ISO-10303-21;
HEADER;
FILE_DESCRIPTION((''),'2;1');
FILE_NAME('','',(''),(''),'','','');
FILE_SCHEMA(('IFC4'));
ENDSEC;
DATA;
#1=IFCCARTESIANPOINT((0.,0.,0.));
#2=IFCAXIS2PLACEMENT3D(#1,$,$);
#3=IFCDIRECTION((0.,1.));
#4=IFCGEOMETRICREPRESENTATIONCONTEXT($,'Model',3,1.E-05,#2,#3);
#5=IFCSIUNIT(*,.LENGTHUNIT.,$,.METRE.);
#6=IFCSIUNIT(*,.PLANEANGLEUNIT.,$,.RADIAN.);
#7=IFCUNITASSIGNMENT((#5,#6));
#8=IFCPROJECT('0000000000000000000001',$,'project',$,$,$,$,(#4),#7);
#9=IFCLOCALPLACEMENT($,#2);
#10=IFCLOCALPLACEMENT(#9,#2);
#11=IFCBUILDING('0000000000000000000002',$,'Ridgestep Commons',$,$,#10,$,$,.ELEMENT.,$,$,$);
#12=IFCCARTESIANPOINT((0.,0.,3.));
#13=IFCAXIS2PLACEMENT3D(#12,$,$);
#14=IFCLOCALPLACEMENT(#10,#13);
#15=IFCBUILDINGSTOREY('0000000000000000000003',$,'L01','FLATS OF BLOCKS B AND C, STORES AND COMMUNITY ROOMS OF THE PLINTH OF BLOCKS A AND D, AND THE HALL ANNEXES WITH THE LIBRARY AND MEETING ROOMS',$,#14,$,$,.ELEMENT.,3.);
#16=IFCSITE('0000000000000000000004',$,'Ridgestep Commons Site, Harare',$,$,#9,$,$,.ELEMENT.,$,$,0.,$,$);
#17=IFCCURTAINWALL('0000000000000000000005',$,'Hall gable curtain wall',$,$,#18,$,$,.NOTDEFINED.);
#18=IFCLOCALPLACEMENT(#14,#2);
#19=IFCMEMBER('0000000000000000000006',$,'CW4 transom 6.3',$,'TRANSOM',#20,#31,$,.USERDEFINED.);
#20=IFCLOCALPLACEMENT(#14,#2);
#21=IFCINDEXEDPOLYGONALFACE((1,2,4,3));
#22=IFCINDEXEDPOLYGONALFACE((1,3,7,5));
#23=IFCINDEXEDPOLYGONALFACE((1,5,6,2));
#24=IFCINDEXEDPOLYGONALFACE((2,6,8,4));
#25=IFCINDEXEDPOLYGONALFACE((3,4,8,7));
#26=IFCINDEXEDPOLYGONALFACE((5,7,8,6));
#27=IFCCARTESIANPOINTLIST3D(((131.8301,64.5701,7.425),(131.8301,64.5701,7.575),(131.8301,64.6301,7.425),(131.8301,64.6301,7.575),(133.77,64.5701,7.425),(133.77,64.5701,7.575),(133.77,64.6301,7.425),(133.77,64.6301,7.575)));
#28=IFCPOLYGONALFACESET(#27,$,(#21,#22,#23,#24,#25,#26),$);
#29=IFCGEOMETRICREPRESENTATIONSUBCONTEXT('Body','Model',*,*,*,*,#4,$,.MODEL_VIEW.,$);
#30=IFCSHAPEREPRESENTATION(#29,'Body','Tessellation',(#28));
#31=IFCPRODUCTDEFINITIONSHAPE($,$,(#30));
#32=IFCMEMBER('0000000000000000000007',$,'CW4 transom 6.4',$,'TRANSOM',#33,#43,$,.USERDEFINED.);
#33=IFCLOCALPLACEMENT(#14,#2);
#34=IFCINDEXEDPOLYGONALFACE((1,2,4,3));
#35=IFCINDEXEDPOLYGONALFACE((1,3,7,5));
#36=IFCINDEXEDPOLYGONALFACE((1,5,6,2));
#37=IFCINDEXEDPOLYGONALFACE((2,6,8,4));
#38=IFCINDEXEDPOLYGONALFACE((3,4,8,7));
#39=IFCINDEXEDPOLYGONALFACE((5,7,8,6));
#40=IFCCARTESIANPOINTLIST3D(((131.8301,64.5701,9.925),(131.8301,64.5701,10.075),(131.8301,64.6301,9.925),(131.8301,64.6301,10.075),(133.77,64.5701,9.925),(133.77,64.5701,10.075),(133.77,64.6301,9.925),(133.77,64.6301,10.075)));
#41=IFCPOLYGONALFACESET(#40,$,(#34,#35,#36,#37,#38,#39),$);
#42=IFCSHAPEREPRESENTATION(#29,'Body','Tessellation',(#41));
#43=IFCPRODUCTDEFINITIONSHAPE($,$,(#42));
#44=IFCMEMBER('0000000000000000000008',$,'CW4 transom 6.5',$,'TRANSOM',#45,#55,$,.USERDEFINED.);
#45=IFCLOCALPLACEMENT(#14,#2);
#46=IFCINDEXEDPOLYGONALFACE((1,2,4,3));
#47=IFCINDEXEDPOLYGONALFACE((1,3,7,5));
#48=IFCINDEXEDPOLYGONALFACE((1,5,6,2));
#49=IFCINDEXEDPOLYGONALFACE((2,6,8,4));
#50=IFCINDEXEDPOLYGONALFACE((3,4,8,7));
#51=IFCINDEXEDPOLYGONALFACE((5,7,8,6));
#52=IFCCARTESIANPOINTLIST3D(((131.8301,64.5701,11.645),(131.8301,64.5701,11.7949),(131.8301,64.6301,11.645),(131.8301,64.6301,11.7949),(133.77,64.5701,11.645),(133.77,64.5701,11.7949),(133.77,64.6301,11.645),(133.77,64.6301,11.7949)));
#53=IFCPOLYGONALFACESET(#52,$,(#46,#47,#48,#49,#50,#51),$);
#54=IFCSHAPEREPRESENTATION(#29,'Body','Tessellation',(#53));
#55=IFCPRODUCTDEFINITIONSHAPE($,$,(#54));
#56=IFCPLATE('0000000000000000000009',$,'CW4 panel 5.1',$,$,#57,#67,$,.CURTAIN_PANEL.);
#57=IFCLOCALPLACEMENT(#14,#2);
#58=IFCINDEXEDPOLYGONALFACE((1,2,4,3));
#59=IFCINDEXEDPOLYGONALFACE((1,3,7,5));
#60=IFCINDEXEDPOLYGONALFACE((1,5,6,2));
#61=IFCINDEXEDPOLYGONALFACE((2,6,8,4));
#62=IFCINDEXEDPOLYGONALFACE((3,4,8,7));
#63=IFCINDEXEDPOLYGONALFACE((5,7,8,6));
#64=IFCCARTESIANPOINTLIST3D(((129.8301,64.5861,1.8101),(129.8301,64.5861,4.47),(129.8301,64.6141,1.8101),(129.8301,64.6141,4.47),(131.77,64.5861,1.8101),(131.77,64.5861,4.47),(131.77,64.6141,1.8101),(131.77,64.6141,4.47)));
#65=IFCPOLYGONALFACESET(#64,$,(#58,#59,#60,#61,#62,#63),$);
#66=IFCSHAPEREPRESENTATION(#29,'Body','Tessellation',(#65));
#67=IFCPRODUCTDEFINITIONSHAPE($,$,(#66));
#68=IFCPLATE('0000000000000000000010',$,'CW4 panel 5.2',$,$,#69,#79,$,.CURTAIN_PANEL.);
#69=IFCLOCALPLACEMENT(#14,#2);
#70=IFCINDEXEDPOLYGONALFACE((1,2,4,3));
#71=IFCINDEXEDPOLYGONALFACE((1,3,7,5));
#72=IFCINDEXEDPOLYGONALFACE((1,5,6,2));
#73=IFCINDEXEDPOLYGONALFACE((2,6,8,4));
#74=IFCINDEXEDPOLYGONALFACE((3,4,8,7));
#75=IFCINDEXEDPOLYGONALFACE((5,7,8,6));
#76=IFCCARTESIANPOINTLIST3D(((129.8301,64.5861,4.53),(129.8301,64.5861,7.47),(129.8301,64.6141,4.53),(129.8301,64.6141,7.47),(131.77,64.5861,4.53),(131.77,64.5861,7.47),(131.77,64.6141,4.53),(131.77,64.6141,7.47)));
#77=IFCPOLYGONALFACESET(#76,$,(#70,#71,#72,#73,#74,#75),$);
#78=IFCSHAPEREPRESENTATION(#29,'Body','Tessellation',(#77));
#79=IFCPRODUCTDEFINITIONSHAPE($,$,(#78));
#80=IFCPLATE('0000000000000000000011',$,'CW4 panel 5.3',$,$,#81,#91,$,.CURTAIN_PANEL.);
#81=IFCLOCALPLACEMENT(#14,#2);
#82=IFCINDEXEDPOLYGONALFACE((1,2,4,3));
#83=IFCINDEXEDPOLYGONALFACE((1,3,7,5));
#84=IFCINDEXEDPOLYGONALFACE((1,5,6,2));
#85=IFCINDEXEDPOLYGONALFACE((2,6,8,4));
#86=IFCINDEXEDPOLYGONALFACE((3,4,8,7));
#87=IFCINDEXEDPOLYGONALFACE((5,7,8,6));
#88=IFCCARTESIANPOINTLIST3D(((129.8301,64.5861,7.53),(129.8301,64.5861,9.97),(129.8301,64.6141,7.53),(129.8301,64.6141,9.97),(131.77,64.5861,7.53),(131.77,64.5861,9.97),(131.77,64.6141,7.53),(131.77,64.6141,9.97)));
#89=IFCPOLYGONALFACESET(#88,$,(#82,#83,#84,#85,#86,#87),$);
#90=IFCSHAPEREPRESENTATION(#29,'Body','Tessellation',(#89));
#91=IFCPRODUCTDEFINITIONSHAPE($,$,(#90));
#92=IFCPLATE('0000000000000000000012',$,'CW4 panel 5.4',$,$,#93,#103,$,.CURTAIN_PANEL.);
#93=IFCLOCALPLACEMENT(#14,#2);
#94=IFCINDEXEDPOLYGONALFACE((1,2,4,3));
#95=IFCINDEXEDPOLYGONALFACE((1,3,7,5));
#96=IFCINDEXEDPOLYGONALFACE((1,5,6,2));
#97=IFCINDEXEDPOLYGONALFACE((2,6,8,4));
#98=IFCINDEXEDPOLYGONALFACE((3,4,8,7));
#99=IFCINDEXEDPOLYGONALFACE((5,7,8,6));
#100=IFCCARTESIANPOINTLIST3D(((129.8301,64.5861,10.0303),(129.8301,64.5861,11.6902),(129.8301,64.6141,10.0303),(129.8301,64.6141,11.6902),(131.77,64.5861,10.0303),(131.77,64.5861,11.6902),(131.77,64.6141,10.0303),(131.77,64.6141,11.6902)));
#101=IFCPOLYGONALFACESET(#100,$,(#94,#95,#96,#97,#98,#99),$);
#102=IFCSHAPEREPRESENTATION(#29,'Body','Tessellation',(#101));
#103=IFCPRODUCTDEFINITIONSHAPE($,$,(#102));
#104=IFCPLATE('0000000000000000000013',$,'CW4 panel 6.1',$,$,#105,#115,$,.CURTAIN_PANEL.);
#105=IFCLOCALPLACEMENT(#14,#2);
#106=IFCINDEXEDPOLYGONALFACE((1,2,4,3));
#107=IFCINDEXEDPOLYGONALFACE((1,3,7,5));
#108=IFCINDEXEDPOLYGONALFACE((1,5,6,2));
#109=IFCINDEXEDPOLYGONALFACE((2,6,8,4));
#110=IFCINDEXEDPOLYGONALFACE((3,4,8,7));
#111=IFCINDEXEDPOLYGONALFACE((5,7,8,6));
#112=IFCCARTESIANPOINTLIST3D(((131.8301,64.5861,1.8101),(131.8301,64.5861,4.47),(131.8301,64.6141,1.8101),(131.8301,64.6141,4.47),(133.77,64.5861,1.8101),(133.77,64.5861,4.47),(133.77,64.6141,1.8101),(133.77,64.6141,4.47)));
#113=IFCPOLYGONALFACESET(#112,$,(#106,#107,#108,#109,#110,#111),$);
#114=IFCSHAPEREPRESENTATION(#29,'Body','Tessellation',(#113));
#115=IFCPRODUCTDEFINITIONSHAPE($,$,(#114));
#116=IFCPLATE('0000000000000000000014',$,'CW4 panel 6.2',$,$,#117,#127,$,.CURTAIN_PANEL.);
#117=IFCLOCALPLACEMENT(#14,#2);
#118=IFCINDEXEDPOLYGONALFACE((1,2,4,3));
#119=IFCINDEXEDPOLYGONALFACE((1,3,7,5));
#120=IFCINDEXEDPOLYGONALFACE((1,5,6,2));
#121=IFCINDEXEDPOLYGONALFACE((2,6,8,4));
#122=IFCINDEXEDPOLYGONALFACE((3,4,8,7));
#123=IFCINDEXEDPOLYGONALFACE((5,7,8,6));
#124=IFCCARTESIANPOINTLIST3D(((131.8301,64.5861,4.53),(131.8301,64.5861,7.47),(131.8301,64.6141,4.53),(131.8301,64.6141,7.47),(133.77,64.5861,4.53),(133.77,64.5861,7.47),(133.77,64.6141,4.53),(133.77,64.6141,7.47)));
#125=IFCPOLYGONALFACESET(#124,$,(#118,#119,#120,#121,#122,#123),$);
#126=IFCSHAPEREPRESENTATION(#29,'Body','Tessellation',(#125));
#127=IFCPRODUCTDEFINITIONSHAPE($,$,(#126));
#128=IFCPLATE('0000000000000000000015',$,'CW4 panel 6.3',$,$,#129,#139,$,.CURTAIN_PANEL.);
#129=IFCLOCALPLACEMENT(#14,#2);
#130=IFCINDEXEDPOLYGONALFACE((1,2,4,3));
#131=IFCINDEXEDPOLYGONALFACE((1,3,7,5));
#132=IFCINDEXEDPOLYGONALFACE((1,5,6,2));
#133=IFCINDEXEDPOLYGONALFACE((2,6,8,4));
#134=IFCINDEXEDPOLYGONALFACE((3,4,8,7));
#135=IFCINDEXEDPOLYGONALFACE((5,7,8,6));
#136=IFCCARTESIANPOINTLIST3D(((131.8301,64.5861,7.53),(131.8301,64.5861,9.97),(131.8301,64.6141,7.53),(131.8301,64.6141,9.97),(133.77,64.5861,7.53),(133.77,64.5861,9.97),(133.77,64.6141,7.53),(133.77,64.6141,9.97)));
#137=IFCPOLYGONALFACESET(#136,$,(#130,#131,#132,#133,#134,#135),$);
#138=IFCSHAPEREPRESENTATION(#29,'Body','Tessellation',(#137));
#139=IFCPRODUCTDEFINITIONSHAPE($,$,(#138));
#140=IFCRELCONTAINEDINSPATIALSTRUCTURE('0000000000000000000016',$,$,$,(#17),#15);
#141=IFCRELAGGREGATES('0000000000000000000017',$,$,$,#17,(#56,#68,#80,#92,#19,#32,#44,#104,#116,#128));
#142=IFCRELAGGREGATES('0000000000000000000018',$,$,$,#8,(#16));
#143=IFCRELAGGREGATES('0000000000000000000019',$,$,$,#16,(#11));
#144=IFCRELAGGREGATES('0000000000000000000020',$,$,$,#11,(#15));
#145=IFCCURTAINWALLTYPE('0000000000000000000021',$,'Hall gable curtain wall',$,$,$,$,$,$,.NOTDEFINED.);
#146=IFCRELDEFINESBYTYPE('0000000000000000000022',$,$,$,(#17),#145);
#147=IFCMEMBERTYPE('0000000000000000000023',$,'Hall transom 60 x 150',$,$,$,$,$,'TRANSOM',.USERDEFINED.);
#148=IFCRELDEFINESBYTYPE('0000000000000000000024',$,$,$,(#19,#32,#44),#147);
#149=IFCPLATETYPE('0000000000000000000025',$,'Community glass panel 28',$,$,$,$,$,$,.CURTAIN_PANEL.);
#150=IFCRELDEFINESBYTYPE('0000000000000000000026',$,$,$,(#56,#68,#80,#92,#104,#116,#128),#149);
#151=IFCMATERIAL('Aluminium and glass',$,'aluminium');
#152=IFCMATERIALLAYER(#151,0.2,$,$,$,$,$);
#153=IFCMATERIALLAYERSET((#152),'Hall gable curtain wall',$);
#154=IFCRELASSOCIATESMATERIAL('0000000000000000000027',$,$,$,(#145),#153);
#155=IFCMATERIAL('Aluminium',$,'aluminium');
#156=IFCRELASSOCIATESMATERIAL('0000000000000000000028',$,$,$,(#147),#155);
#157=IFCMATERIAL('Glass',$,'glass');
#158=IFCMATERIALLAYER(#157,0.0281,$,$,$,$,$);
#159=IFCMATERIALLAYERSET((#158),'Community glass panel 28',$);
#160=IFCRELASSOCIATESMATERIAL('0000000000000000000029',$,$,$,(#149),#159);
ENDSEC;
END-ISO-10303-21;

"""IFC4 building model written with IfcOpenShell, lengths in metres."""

from ifc_helpers import new_model, si_unit, direction, frame, origin, origin_2d, place, context, subcontext, project, spatial, rectangle, extrude, material, layer, layer_set, material_profile, profile_set, type_object, element, aggregate, save


model = new_model("IFC4")

# Units and contexts
model_context = context("Model", 3, precision=1e-05, world=origin(), true_north=direction((0.0, 1.0)))
body_context = subcontext(model_context, "Body", "Model", "MODEL_VIEW")
ifc_project = project(units=[si_unit("LENGTHUNIT", "METRE"), si_unit("PLANEANGLEUNIT", "RADIAN")], contexts=[model_context])

# Site, building, storey
site_placement = place(None, origin())
site = spatial("IfcSite", under=ifc_project, at=site_placement, Name="Ridgestep Commons Site, Harare", CompositionType="ELEMENT", RefElevation=0.0)
building_placement = place(site_placement, origin())
building = spatial("IfcBuilding", under=site, at=building_placement, Name="Ridgestep Commons", CompositionType="ELEMENT")
storey_placement = place(building_placement, frame((0.0, 0.0, 3.0)))
storey = spatial("IfcBuildingStorey", under=building, at=storey_placement, Name="L01", Description="FLATS OF BLOCKS B AND C, STORES AND COMMUNITY ROOMS OF THE PLINTH OF BLOCKS A AND D, AND THE HALL ANNEXES WITH THE LIBRARY AND MEETING ROOMS", CompositionType="ELEMENT", Elevation=3.0)

# Curtain wall, members, plates
ifc_material_1 = material(Name="Aluminium and glass", Category="aluminium")
ifc_layer_1 = layer(ifc_material_1, 0.2)
ifc_layer_set_1 = layer_set([ifc_layer_1], Name="Hall gable curtain wall")
curtain_wall_type = type_object("IfcCurtainWallType", Name="Hall gable curtain wall", PredefinedType="NOTDEFINED", material=ifc_layer_set_1)
curtain_wall_placement = place(storey_placement, origin())
curtain_wall = element("IfcCurtainWall", 1, at=curtain_wall_placement, inside=storey, type_object=curtain_wall_type, Name="Hall gable curtain wall", PredefinedType="NOTDEFINED")
ifc_material_2 = material(Name="Aluminium", Category="aluminium")
ifc_material_profile_1 = material_profile(ifc_material_2, rectangle(XDim=0.0601, YDim=0.1499, at=origin_2d()), Name="Hall transom 60 x 150")
ifc_profile_set_1 = profile_set([ifc_material_profile_1], Name="Aluminium")
member_type_1 = type_object("IfcMemberType", Name="Hall transom 60 x 150", ElementType="TRANSOM", PredefinedType="USERDEFINED", material=ifc_profile_set_1)
member_1_placement = place(storey_placement, frame((131.8301, 64.6001, 7.5), z_axis=(1.0, 0.0, 0.0), x_axis=(0.0, 1.0, 0.0)))
member_1 = element("IfcMember", 2, at=member_1_placement, type_object=member_type_1, Name="CW4 transom 6.3", ObjectType="TRANSOM", PredefinedType="USERDEFINED", context=body_context, shape_type="SweptSolid", body=[
    extrude(rectangle(XDim=0.0601, YDim=0.1499, at=origin_2d()), origin(), (0.0, 0.0, 1.0), 1.9399),
])
member_2_placement = place(storey_placement, frame((131.8301, 64.6001, 10.0), z_axis=(1.0, 0.0, 0.0), x_axis=(0.0, 1.0, 0.0)))
member_2 = element("IfcMember", 3, at=member_2_placement, type_object=member_type_1, Name="CW4 transom 6.4", ObjectType="TRANSOM", PredefinedType="USERDEFINED", context=body_context, shape_type="SweptSolid", body=[
    extrude(rectangle(XDim=0.0601, YDim=0.1499, at=origin_2d()), origin(), (0.0, 0.0, 1.0), 1.9399),
])
member_3_placement = place(storey_placement, frame((131.8301, 64.6001, 11.72), z_axis=(1.0, 0.0, 0.0), x_axis=(0.0, 1.0, 0.0)))
member_3 = element("IfcMember", 4, at=member_3_placement, type_object=member_type_1, Name="CW4 transom 6.5", ObjectType="TRANSOM", PredefinedType="USERDEFINED", context=body_context, shape_type="SweptSolid", body=[
    extrude(rectangle(XDim=0.0601, YDim=0.1499, at=origin_2d()), origin(), (0.0, 0.0, 1.0), 1.9399),
])
ifc_material_3 = material(Name="Glass", Category="glass")
ifc_layer_2 = layer(ifc_material_3, 0.0281)
ifc_layer_set_2 = layer_set([ifc_layer_2], Name="Community glass panel 28")
plate_type = type_object("IfcPlateType", Name="Community glass panel 28", PredefinedType="CURTAIN_PANEL", material=ifc_layer_set_2)
plate_1_placement = place(storey_placement, frame((130.8, 64.6001, 1.8101), z_axis=(0.0, 0.0, 1.0), x_axis=(1.0, 0.0, 0.0)))
plate_1 = element("IfcPlate", 5, at=plate_1_placement, type_object=plate_type, Name="CW4 panel 5.1", PredefinedType="CURTAIN_PANEL", context=body_context, shape_type="SweptSolid", body=[
    extrude(rectangle(XDim=1.9399, YDim=0.0281, at=origin_2d()), origin(), (0.0, 0.0, 1.0), 2.6599),
])
plate_2_placement = place(storey_placement, frame((130.8, 64.6001, 4.53), z_axis=(0.0, 0.0, 1.0), x_axis=(1.0, 0.0, 0.0)))
plate_2 = element("IfcPlate", 6, at=plate_2_placement, type_object=plate_type, Name="CW4 panel 5.2", PredefinedType="CURTAIN_PANEL", context=body_context, shape_type="SweptSolid", body=[
    extrude(rectangle(XDim=1.9399, YDim=0.0281, at=origin_2d()), origin(), (0.0, 0.0, 1.0), 2.9399),
])
plate_3_placement = place(storey_placement, frame((130.8, 64.6001, 7.53), z_axis=(0.0, 0.0, 1.0), x_axis=(1.0, 0.0, 0.0)))
plate_3 = element("IfcPlate", 7, at=plate_3_placement, type_object=plate_type, Name="CW4 panel 5.3", PredefinedType="CURTAIN_PANEL", context=body_context, shape_type="SweptSolid", body=[
    extrude(rectangle(XDim=1.9399, YDim=0.0281, at=origin_2d()), origin(), (0.0, 0.0, 1.0), 2.4399),
])
plate_4_placement = place(storey_placement, frame((130.8, 64.6001, 10.0303), z_axis=(0.0, 0.0, 1.0), x_axis=(1.0, 0.0, 0.0)))
plate_4 = element("IfcPlate", 8, at=plate_4_placement, type_object=plate_type, Name="CW4 panel 5.4", PredefinedType="CURTAIN_PANEL", context=body_context, shape_type="SweptSolid", body=[
    extrude(rectangle(XDim=1.9399, YDim=0.0281, at=origin_2d()), origin(), (0.0, 0.0, 1.0), 1.6599),
])
plate_5_placement = place(storey_placement, frame((132.8, 64.6001, 1.8101), z_axis=(0.0, 0.0, 1.0), x_axis=(1.0, 0.0, 0.0)))
plate_5 = element("IfcPlate", 9, at=plate_5_placement, type_object=plate_type, Name="CW4 panel 6.1", PredefinedType="CURTAIN_PANEL", context=body_context, shape_type="SweptSolid", body=[
    extrude(rectangle(XDim=1.9399, YDim=0.0281, at=origin_2d()), origin(), (0.0, 0.0, 1.0), 2.6599),
])
plate_6_placement = place(storey_placement, frame((132.8, 64.6001, 4.53), z_axis=(0.0, 0.0, 1.0), x_axis=(1.0, 0.0, 0.0)))
plate_6 = element("IfcPlate", 10, at=plate_6_placement, type_object=plate_type, Name="CW4 panel 6.2", PredefinedType="CURTAIN_PANEL", context=body_context, shape_type="SweptSolid", body=[
    extrude(rectangle(XDim=1.9399, YDim=0.0281, at=origin_2d()), origin(), (0.0, 0.0, 1.0), 2.9399),
])
plate_7_placement = place(storey_placement, frame((132.8, 64.6001, 7.53), z_axis=(0.0, 0.0, 1.0), x_axis=(1.0, 0.0, 0.0)))
plate_7 = element("IfcPlate", 11, at=plate_7_placement, type_object=plate_type, Name="CW4 panel 6.3", PredefinedType="CURTAIN_PANEL", context=body_context, shape_type="SweptSolid", body=[
    extrude(rectangle(XDim=1.9399, YDim=0.0281, at=origin_2d()), origin(), (0.0, 0.0, 1.0), 2.4399),
])
aggregate(curtain_wall, [plate_1, plate_2, plate_3, plate_4, member_1, member_2, member_3, plate_5, plate_6, plate_7])

save(model, "model.ifc")
